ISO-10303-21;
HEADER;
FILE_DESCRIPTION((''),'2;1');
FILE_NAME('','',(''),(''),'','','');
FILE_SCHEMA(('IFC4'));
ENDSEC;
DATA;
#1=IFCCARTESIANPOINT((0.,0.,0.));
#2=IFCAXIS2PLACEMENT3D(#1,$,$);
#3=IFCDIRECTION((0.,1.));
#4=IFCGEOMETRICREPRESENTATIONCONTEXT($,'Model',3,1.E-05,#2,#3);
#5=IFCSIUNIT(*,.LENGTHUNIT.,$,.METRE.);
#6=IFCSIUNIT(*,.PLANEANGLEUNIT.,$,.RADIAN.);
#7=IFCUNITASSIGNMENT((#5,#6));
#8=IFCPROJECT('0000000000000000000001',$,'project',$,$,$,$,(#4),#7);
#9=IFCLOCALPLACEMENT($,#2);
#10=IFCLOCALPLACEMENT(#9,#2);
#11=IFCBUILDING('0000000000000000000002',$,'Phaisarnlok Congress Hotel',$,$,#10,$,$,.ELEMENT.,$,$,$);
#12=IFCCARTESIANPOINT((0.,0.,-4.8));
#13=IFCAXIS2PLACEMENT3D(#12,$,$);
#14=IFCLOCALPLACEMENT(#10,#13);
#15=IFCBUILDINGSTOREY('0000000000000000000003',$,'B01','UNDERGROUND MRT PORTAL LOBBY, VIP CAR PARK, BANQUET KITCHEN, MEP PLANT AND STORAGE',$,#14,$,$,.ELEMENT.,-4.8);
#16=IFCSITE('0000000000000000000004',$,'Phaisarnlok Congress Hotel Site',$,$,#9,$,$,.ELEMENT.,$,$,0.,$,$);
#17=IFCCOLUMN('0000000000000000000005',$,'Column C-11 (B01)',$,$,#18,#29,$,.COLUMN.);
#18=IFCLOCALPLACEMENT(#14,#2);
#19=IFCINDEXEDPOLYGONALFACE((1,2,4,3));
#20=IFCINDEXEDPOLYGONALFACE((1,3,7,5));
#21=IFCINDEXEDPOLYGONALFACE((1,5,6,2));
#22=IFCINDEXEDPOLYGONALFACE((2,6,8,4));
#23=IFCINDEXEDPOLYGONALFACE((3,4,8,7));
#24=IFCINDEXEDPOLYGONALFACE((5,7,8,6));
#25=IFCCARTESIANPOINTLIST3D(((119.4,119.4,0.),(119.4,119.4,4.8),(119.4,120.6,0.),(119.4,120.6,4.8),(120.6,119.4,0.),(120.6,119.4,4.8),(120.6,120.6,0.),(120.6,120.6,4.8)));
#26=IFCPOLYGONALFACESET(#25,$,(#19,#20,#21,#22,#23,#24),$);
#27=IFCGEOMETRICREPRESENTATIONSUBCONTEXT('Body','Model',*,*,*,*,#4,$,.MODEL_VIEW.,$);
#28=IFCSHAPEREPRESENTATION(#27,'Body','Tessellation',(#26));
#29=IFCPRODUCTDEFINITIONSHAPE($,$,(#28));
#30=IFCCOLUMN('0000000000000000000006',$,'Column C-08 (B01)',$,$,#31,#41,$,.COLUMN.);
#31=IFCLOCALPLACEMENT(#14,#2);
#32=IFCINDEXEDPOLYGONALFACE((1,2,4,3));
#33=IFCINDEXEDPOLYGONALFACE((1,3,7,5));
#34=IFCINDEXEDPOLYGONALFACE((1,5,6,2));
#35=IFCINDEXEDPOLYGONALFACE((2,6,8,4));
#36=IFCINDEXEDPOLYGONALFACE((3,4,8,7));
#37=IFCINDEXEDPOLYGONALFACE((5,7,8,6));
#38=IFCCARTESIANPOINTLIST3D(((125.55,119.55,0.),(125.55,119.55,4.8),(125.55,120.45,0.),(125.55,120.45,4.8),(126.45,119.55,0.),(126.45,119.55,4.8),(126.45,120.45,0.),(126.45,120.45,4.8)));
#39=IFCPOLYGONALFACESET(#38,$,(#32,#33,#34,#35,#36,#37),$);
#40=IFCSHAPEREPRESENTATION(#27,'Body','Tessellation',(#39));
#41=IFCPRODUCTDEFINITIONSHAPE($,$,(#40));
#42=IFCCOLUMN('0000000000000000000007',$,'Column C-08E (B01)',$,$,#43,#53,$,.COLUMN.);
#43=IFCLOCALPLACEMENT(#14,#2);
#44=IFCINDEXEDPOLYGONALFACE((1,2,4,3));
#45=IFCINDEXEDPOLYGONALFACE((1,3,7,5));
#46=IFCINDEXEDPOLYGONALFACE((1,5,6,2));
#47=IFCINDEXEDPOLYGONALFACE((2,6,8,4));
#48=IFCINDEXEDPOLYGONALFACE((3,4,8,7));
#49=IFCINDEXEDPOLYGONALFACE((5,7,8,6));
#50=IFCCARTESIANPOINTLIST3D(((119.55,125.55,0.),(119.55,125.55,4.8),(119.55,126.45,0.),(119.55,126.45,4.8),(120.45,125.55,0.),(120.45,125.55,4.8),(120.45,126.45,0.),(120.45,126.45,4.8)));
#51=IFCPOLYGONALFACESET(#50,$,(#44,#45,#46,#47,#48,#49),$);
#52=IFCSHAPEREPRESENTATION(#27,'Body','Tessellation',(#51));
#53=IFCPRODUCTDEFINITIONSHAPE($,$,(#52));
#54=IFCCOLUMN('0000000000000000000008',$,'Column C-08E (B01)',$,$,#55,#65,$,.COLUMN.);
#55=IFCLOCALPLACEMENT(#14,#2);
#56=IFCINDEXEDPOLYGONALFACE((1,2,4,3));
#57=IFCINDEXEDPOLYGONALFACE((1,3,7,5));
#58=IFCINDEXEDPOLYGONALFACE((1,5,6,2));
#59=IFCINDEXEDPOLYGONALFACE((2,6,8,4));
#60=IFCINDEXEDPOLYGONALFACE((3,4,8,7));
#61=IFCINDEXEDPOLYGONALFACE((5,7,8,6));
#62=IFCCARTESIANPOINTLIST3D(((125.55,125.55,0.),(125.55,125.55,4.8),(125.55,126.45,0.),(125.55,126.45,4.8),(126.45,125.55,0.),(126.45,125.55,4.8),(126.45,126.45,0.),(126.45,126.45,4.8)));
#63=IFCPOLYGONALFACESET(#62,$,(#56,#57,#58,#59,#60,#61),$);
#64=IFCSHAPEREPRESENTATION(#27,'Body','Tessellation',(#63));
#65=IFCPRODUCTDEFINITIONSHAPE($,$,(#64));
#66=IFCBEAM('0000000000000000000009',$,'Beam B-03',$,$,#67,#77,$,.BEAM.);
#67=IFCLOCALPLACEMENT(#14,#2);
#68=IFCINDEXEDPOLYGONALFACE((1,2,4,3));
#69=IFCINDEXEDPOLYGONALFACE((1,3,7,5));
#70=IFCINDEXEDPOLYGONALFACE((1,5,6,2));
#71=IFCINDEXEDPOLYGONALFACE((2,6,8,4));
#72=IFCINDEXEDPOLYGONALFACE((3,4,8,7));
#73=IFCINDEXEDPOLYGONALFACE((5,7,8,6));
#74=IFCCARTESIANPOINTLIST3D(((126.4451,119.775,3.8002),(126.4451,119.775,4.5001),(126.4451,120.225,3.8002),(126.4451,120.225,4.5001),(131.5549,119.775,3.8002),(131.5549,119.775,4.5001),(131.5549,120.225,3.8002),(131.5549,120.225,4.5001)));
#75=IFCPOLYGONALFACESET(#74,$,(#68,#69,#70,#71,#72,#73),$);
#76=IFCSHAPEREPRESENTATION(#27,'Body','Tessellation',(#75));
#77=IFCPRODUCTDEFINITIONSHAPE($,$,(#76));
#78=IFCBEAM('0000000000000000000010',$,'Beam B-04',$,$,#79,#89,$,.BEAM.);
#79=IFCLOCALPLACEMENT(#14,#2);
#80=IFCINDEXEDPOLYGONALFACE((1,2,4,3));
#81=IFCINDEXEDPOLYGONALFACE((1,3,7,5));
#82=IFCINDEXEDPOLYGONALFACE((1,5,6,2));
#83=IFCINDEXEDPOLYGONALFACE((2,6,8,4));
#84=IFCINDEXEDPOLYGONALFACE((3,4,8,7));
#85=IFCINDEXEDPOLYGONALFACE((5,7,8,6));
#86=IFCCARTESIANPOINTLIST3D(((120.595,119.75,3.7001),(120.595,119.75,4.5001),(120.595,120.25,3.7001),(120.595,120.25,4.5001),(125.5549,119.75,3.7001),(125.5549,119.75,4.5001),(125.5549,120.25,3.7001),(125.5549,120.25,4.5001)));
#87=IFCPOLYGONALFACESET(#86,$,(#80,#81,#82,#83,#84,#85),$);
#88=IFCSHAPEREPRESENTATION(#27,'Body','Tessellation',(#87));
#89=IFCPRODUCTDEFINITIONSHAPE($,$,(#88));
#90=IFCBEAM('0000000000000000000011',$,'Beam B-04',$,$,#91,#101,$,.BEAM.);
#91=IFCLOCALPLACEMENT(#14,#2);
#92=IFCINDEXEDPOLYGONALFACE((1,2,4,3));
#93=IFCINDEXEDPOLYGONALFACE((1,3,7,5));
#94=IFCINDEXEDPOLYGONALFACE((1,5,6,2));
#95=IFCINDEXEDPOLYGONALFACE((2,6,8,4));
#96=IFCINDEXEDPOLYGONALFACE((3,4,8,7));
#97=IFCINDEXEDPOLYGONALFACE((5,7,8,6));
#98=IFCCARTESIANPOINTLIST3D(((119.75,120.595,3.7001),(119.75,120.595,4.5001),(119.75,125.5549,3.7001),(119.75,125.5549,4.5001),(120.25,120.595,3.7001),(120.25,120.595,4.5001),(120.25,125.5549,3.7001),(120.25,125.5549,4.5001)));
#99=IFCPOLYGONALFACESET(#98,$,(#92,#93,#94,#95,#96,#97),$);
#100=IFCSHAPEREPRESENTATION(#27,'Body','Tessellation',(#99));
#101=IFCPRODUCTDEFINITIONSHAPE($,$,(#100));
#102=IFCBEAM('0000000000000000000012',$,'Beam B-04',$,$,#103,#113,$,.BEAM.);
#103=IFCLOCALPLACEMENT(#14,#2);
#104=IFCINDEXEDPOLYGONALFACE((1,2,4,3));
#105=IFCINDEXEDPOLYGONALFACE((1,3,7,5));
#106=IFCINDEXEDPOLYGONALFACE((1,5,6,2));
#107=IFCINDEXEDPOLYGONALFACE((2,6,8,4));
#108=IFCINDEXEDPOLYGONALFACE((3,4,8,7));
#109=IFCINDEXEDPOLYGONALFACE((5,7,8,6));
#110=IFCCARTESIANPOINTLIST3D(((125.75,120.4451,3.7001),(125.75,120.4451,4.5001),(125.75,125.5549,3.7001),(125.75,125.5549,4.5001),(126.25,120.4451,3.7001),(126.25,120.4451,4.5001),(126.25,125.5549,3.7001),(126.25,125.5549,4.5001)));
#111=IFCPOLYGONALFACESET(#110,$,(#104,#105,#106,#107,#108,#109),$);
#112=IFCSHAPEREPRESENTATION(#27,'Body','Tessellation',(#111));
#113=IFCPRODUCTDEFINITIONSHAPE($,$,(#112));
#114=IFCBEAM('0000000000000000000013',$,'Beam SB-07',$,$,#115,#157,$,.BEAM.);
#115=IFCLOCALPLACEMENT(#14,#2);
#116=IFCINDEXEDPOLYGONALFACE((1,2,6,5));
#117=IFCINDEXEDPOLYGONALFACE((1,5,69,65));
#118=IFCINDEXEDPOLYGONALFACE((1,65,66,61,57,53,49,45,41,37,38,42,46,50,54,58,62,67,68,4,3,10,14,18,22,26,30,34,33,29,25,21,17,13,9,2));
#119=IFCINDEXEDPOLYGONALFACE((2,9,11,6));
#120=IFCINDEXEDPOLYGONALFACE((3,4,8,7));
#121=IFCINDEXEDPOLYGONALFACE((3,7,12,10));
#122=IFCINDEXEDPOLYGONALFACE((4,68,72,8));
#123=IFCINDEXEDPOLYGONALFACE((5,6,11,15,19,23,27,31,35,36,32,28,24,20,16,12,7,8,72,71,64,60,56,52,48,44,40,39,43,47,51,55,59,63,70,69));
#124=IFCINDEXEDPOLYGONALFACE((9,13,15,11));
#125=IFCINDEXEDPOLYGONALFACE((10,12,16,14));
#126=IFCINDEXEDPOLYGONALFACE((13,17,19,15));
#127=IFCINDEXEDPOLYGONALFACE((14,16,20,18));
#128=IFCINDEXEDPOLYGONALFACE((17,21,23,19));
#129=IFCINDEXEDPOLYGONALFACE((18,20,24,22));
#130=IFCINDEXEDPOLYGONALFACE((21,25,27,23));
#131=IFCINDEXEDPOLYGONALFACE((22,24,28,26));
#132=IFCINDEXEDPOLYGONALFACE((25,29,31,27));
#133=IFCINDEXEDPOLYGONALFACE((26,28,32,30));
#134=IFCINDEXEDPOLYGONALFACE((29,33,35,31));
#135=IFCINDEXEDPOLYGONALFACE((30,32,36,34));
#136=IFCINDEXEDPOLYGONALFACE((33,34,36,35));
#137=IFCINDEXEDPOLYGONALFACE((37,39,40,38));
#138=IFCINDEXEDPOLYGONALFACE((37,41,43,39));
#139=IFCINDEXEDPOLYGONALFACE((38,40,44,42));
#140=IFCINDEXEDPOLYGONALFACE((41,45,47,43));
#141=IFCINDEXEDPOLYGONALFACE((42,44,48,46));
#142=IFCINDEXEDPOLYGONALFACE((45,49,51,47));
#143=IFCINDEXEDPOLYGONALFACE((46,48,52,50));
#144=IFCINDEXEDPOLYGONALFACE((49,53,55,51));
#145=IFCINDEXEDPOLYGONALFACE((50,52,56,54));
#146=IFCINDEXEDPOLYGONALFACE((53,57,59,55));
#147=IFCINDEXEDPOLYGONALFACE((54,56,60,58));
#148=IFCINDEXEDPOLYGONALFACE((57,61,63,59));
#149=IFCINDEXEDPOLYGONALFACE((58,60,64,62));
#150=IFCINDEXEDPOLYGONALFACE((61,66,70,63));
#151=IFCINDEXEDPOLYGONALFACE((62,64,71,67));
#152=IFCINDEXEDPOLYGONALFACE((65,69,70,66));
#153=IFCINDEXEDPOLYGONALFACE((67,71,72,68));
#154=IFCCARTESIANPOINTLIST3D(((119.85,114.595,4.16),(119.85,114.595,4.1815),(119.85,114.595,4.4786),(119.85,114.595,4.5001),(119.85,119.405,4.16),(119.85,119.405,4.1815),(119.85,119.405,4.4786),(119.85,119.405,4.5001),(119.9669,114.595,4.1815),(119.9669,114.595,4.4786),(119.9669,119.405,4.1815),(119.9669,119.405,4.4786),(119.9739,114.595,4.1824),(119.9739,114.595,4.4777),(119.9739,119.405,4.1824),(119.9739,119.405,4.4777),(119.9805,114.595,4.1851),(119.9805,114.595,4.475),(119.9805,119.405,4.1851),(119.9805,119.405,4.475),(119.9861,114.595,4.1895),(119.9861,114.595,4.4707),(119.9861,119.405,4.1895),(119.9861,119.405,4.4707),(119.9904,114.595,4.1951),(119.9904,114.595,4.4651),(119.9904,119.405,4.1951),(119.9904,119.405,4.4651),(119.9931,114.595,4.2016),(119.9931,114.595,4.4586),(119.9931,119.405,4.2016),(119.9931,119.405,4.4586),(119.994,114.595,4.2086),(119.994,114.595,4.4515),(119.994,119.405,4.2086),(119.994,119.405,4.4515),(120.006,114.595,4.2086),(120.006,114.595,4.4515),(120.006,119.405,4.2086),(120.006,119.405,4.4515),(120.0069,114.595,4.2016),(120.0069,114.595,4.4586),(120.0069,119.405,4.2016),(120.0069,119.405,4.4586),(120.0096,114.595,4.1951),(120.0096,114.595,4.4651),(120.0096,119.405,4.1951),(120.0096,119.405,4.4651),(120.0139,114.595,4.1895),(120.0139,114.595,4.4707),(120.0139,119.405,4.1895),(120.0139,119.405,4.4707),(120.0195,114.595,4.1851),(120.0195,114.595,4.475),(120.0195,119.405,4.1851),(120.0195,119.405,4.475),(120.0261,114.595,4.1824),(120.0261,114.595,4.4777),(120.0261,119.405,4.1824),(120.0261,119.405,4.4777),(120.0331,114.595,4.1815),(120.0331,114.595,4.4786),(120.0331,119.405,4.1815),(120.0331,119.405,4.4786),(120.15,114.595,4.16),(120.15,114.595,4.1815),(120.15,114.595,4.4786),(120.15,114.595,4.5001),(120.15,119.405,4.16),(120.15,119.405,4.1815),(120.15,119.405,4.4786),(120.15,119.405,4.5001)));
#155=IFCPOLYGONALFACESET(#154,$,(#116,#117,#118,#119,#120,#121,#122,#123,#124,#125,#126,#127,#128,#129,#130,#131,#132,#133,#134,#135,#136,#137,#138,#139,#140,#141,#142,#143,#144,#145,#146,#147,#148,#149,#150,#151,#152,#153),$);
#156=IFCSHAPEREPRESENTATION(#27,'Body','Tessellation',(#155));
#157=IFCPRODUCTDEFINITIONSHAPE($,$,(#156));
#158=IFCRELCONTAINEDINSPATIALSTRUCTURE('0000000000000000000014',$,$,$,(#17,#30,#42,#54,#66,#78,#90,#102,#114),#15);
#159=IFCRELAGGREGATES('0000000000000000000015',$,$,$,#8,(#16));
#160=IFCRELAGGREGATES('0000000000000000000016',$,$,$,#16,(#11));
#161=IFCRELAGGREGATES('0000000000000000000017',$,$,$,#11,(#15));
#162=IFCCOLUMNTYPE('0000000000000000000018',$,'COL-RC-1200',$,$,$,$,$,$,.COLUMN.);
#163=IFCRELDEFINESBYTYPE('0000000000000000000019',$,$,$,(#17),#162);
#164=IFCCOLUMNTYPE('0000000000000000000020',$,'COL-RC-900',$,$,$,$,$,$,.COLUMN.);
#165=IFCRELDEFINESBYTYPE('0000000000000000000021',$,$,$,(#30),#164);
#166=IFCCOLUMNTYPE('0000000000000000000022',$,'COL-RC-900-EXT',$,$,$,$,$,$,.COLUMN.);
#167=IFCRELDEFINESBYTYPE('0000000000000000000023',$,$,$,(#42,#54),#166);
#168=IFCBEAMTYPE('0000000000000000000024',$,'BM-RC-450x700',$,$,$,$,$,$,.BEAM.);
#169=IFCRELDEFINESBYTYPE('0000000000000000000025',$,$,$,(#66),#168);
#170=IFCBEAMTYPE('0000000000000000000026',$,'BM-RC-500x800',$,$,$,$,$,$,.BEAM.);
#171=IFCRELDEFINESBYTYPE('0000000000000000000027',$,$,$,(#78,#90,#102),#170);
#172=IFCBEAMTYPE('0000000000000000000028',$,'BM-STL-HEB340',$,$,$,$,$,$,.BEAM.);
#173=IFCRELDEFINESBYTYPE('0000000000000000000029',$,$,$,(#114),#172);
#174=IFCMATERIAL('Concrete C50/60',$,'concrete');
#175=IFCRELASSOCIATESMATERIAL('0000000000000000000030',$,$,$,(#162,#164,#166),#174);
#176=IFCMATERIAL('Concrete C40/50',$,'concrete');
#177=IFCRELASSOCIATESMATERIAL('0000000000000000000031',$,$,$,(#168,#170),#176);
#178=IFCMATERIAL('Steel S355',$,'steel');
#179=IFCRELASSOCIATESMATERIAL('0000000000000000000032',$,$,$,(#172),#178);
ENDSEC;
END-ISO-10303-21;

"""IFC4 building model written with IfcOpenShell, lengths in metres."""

from ifc_helpers import new_model, si_unit, direction, frame, origin, origin_2d, place, context, subcontext, project, spatial, rectangle, i_section, extrude, material, material_profile, profile_set, type_object, element, save


model = new_model("IFC4")

# Units and contexts
model_context = context("Model", 3, precision=1e-05, world=origin(), true_north=direction((0.0, 1.0)))
body_context = subcontext(model_context, "Body", "Model", "MODEL_VIEW")
ifc_project = project(units=[si_unit("LENGTHUNIT", "METRE"), si_unit("PLANEANGLEUNIT", "RADIAN")], contexts=[model_context])

# Site, building, storey
site_placement = place(None, origin())
site = spatial("IfcSite", under=ifc_project, at=site_placement, Name="Phaisarnlok Congress Hotel Site", CompositionType="ELEMENT", RefElevation=0.0)
building_placement = place(site_placement, origin())
building = spatial("IfcBuilding", under=site, at=building_placement, Name="Phaisarnlok Congress Hotel", CompositionType="ELEMENT")
storey_placement = place(building_placement, frame((0.0, 0.0, -4.8)))
storey = spatial("IfcBuildingStorey", under=building, at=storey_placement, Name="B01", Description="UNDERGROUND MRT PORTAL LOBBY, VIP CAR PARK, BANQUET KITCHEN, MEP PLANT AND STORAGE", CompositionType="ELEMENT", Elevation=-4.8)

# Shared definitions
ifc_material_1 = material(Name="Concrete C40/50", Category="concrete")

# Columns
ifc_material_2 = material(Name="Concrete C50/60", Category="concrete")
ifc_material_profile_1 = material_profile(ifc_material_2, rectangle(XDim=1.2, YDim=1.2, at=origin_2d()), Name="RC 1200x1200")
ifc_profile_set_1 = profile_set([ifc_material_profile_1], Name="Concrete C50/60")
column_type_1 = type_object("IfcColumnType", Name="COL-RC-1200", PredefinedType="COLUMN", material=ifc_profile_set_1)
column_1_placement = place(storey_placement, frame((120.0, 120.0, 0.0), z_axis=(0.0, 0.0, 1.0), x_axis=(1.0, 0.0, 0.0)))
element("IfcColumn", 1, at=column_1_placement, inside=storey, type_object=column_type_1, Name="Column C-11 (B01)", PredefinedType="COLUMN", context=body_context, shape_type="SweptSolid", body=[
    extrude(rectangle(XDim=1.2, YDim=1.2, at=origin_2d()), origin(), (0.0, 0.0, 1.0), 4.8),
])
ifc_material_profile_2 = material_profile(ifc_material_2, rectangle(XDim=0.8999, YDim=0.8999, at=origin_2d()), Name="RC 900x900")
ifc_profile_set_2 = profile_set([ifc_material_profile_2], Name="Concrete C50/60")
column_type_2 = type_object("IfcColumnType", Name="COL-RC-900", PredefinedType="COLUMN", material=ifc_profile_set_2)
column_2_placement = place(storey_placement, frame((126.0, 120.0, 0.0), z_axis=(0.0, 0.0, 1.0), x_axis=(1.0, 0.0, 0.0)))
element("IfcColumn", 2, at=column_2_placement, inside=storey, type_object=column_type_2, Name="Column C-08 (B01)", PredefinedType="COLUMN", context=body_context, shape_type="SweptSolid", body=[
    extrude(rectangle(XDim=0.8999, YDim=0.8999, at=origin_2d()), origin(), (0.0, 0.0, 1.0), 4.8),
])
ifc_material_profile_3 = material_profile(ifc_material_2, rectangle(XDim=0.8999, YDim=0.8999, at=origin_2d()), Name="RC 900x900")
ifc_profile_set_3 = profile_set([ifc_material_profile_3], Name="Concrete C50/60")
column_type_3 = type_object("IfcColumnType", Name="COL-RC-900-EXT", PredefinedType="COLUMN", material=ifc_profile_set_3)
for number, where, z_axis, x_axis, name in (
    (3, (120.0, 126.0, 0.0), (0.0, 0.0, 1.0), (1.0, 0.0, 0.0), "Column C-08E (B01)"),
    (4, (126.0, 126.0, 0.0), (0.0, 0.0, 1.0), (1.0, 0.0, 0.0), "Column C-08E (B01)"),
):
    element("IfcColumn", number, at=place(storey_placement, frame(where, z_axis=z_axis, x_axis=x_axis)), inside=storey, type_object=column_type_3, Name=name, PredefinedType="COLUMN", context=body_context, shape_type="SweptSolid", body=[
        extrude(rectangle(XDim=0.8999, YDim=0.8999, at=origin_2d()), origin(), (0.0, 0.0, 1.0), 4.8),
    ])

# Beams
ifc_material_profile_4 = material_profile(ifc_material_1, rectangle(XDim=0.45, YDim=0.7, at=origin_2d()), Name="RC 450x700")
ifc_profile_set_4 = profile_set([ifc_material_profile_4], Name="Concrete C40/50")
beam_type_1 = type_object("IfcBeamType", Name="BM-RC-450x700", PredefinedType="BEAM", material=ifc_profile_set_4)
beam_1_placement = place(storey_placement, frame((126.4451, 120.0, 4.1501), z_axis=(1.0, 0.0, 0.0), x_axis=(0.0, 1.0, 0.0)))
element("IfcBeam", 5, at=beam_1_placement, inside=storey, type_object=beam_type_1, Name="Beam B-03", PredefinedType="BEAM", context=body_context, shape_type="SweptSolid", body=[
    extrude(rectangle(XDim=0.45, YDim=0.7, at=origin_2d()), origin(), (0.0, 0.0, 1.0), 5.1099),
])
ifc_material_profile_5 = material_profile(ifc_material_1, rectangle(XDim=0.5, YDim=0.8, at=origin_2d()), Name="RC 500x800")
ifc_profile_set_5 = profile_set([ifc_material_profile_5], Name="Concrete C40/50")
beam_type_2 = type_object("IfcBeamType", Name="BM-RC-500x800", PredefinedType="BEAM", material=ifc_profile_set_5)
for number, where, z_axis, x_axis, name in (
    (6, (120.595, 120.0, 4.1001), (1.0, 0.0, 0.0), (0.0, 1.0, 0.0), "Beam B-04"),
    (7, (120.0, 120.595, 4.1001), (0.0, 1.0, 0.0), (-1.0, 0.0, 0.0), "Beam B-04"),
):
    element("IfcBeam", number, at=place(storey_placement, frame(where, z_axis=z_axis, x_axis=x_axis)), inside=storey, type_object=beam_type_2, Name=name, PredefinedType="BEAM", context=body_context, shape_type="SweptSolid", body=[
        extrude(rectangle(XDim=0.5, YDim=0.8, at=origin_2d()), origin(), (0.0, 0.0, 1.0), 4.96),
    ])
beam_2_placement = place(storey_placement, frame((126.0, 120.4451, 4.1001), z_axis=(0.0, 1.0, 0.0), x_axis=(-1.0, 0.0, 0.0)))
element("IfcBeam", 8, at=beam_2_placement, inside=storey, type_object=beam_type_2, Name="Beam B-04", PredefinedType="BEAM", context=body_context, shape_type="SweptSolid", body=[
    extrude(rectangle(XDim=0.5, YDim=0.8, at=origin_2d()), origin(), (0.0, 0.0, 1.0), 5.1099),
])
ifc_material_3 = material(Name="Steel S355", Category="steel")
ifc_material_profile_6 = material_profile(ifc_material_3, i_section(OverallWidth=0.3, OverallDepth=0.3401, WebThickness=0.012, FlangeThickness=0.0215, FilletRadius=0.0271, at=origin_2d()), Name="HEB 340")
ifc_profile_set_6 = profile_set([ifc_material_profile_6], Name="Steel S355")
beam_type_3 = type_object("IfcBeamType", Name="BM-STL-HEB340", PredefinedType="BEAM", material=ifc_profile_set_6)
beam_3_placement = place(storey_placement, frame((120.0, 114.595, 4.3301), z_axis=(0.0, 1.0, 0.0), x_axis=(-1.0, 0.0, 0.0)))
element("IfcBeam", 9, at=beam_3_placement, inside=storey, type_object=beam_type_3, Name="Beam SB-07", PredefinedType="BEAM", context=body_context, shape_type="SweptSolid", body=[
    extrude(i_section(OverallWidth=0.3, OverallDepth=0.3401, WebThickness=0.012, FlangeThickness=0.0215, FilletRadius=0.0271, at=origin_2d()), origin(), (0.0, 0.0, 1.0), 4.8101),
])

save(model, "model.ifc")
